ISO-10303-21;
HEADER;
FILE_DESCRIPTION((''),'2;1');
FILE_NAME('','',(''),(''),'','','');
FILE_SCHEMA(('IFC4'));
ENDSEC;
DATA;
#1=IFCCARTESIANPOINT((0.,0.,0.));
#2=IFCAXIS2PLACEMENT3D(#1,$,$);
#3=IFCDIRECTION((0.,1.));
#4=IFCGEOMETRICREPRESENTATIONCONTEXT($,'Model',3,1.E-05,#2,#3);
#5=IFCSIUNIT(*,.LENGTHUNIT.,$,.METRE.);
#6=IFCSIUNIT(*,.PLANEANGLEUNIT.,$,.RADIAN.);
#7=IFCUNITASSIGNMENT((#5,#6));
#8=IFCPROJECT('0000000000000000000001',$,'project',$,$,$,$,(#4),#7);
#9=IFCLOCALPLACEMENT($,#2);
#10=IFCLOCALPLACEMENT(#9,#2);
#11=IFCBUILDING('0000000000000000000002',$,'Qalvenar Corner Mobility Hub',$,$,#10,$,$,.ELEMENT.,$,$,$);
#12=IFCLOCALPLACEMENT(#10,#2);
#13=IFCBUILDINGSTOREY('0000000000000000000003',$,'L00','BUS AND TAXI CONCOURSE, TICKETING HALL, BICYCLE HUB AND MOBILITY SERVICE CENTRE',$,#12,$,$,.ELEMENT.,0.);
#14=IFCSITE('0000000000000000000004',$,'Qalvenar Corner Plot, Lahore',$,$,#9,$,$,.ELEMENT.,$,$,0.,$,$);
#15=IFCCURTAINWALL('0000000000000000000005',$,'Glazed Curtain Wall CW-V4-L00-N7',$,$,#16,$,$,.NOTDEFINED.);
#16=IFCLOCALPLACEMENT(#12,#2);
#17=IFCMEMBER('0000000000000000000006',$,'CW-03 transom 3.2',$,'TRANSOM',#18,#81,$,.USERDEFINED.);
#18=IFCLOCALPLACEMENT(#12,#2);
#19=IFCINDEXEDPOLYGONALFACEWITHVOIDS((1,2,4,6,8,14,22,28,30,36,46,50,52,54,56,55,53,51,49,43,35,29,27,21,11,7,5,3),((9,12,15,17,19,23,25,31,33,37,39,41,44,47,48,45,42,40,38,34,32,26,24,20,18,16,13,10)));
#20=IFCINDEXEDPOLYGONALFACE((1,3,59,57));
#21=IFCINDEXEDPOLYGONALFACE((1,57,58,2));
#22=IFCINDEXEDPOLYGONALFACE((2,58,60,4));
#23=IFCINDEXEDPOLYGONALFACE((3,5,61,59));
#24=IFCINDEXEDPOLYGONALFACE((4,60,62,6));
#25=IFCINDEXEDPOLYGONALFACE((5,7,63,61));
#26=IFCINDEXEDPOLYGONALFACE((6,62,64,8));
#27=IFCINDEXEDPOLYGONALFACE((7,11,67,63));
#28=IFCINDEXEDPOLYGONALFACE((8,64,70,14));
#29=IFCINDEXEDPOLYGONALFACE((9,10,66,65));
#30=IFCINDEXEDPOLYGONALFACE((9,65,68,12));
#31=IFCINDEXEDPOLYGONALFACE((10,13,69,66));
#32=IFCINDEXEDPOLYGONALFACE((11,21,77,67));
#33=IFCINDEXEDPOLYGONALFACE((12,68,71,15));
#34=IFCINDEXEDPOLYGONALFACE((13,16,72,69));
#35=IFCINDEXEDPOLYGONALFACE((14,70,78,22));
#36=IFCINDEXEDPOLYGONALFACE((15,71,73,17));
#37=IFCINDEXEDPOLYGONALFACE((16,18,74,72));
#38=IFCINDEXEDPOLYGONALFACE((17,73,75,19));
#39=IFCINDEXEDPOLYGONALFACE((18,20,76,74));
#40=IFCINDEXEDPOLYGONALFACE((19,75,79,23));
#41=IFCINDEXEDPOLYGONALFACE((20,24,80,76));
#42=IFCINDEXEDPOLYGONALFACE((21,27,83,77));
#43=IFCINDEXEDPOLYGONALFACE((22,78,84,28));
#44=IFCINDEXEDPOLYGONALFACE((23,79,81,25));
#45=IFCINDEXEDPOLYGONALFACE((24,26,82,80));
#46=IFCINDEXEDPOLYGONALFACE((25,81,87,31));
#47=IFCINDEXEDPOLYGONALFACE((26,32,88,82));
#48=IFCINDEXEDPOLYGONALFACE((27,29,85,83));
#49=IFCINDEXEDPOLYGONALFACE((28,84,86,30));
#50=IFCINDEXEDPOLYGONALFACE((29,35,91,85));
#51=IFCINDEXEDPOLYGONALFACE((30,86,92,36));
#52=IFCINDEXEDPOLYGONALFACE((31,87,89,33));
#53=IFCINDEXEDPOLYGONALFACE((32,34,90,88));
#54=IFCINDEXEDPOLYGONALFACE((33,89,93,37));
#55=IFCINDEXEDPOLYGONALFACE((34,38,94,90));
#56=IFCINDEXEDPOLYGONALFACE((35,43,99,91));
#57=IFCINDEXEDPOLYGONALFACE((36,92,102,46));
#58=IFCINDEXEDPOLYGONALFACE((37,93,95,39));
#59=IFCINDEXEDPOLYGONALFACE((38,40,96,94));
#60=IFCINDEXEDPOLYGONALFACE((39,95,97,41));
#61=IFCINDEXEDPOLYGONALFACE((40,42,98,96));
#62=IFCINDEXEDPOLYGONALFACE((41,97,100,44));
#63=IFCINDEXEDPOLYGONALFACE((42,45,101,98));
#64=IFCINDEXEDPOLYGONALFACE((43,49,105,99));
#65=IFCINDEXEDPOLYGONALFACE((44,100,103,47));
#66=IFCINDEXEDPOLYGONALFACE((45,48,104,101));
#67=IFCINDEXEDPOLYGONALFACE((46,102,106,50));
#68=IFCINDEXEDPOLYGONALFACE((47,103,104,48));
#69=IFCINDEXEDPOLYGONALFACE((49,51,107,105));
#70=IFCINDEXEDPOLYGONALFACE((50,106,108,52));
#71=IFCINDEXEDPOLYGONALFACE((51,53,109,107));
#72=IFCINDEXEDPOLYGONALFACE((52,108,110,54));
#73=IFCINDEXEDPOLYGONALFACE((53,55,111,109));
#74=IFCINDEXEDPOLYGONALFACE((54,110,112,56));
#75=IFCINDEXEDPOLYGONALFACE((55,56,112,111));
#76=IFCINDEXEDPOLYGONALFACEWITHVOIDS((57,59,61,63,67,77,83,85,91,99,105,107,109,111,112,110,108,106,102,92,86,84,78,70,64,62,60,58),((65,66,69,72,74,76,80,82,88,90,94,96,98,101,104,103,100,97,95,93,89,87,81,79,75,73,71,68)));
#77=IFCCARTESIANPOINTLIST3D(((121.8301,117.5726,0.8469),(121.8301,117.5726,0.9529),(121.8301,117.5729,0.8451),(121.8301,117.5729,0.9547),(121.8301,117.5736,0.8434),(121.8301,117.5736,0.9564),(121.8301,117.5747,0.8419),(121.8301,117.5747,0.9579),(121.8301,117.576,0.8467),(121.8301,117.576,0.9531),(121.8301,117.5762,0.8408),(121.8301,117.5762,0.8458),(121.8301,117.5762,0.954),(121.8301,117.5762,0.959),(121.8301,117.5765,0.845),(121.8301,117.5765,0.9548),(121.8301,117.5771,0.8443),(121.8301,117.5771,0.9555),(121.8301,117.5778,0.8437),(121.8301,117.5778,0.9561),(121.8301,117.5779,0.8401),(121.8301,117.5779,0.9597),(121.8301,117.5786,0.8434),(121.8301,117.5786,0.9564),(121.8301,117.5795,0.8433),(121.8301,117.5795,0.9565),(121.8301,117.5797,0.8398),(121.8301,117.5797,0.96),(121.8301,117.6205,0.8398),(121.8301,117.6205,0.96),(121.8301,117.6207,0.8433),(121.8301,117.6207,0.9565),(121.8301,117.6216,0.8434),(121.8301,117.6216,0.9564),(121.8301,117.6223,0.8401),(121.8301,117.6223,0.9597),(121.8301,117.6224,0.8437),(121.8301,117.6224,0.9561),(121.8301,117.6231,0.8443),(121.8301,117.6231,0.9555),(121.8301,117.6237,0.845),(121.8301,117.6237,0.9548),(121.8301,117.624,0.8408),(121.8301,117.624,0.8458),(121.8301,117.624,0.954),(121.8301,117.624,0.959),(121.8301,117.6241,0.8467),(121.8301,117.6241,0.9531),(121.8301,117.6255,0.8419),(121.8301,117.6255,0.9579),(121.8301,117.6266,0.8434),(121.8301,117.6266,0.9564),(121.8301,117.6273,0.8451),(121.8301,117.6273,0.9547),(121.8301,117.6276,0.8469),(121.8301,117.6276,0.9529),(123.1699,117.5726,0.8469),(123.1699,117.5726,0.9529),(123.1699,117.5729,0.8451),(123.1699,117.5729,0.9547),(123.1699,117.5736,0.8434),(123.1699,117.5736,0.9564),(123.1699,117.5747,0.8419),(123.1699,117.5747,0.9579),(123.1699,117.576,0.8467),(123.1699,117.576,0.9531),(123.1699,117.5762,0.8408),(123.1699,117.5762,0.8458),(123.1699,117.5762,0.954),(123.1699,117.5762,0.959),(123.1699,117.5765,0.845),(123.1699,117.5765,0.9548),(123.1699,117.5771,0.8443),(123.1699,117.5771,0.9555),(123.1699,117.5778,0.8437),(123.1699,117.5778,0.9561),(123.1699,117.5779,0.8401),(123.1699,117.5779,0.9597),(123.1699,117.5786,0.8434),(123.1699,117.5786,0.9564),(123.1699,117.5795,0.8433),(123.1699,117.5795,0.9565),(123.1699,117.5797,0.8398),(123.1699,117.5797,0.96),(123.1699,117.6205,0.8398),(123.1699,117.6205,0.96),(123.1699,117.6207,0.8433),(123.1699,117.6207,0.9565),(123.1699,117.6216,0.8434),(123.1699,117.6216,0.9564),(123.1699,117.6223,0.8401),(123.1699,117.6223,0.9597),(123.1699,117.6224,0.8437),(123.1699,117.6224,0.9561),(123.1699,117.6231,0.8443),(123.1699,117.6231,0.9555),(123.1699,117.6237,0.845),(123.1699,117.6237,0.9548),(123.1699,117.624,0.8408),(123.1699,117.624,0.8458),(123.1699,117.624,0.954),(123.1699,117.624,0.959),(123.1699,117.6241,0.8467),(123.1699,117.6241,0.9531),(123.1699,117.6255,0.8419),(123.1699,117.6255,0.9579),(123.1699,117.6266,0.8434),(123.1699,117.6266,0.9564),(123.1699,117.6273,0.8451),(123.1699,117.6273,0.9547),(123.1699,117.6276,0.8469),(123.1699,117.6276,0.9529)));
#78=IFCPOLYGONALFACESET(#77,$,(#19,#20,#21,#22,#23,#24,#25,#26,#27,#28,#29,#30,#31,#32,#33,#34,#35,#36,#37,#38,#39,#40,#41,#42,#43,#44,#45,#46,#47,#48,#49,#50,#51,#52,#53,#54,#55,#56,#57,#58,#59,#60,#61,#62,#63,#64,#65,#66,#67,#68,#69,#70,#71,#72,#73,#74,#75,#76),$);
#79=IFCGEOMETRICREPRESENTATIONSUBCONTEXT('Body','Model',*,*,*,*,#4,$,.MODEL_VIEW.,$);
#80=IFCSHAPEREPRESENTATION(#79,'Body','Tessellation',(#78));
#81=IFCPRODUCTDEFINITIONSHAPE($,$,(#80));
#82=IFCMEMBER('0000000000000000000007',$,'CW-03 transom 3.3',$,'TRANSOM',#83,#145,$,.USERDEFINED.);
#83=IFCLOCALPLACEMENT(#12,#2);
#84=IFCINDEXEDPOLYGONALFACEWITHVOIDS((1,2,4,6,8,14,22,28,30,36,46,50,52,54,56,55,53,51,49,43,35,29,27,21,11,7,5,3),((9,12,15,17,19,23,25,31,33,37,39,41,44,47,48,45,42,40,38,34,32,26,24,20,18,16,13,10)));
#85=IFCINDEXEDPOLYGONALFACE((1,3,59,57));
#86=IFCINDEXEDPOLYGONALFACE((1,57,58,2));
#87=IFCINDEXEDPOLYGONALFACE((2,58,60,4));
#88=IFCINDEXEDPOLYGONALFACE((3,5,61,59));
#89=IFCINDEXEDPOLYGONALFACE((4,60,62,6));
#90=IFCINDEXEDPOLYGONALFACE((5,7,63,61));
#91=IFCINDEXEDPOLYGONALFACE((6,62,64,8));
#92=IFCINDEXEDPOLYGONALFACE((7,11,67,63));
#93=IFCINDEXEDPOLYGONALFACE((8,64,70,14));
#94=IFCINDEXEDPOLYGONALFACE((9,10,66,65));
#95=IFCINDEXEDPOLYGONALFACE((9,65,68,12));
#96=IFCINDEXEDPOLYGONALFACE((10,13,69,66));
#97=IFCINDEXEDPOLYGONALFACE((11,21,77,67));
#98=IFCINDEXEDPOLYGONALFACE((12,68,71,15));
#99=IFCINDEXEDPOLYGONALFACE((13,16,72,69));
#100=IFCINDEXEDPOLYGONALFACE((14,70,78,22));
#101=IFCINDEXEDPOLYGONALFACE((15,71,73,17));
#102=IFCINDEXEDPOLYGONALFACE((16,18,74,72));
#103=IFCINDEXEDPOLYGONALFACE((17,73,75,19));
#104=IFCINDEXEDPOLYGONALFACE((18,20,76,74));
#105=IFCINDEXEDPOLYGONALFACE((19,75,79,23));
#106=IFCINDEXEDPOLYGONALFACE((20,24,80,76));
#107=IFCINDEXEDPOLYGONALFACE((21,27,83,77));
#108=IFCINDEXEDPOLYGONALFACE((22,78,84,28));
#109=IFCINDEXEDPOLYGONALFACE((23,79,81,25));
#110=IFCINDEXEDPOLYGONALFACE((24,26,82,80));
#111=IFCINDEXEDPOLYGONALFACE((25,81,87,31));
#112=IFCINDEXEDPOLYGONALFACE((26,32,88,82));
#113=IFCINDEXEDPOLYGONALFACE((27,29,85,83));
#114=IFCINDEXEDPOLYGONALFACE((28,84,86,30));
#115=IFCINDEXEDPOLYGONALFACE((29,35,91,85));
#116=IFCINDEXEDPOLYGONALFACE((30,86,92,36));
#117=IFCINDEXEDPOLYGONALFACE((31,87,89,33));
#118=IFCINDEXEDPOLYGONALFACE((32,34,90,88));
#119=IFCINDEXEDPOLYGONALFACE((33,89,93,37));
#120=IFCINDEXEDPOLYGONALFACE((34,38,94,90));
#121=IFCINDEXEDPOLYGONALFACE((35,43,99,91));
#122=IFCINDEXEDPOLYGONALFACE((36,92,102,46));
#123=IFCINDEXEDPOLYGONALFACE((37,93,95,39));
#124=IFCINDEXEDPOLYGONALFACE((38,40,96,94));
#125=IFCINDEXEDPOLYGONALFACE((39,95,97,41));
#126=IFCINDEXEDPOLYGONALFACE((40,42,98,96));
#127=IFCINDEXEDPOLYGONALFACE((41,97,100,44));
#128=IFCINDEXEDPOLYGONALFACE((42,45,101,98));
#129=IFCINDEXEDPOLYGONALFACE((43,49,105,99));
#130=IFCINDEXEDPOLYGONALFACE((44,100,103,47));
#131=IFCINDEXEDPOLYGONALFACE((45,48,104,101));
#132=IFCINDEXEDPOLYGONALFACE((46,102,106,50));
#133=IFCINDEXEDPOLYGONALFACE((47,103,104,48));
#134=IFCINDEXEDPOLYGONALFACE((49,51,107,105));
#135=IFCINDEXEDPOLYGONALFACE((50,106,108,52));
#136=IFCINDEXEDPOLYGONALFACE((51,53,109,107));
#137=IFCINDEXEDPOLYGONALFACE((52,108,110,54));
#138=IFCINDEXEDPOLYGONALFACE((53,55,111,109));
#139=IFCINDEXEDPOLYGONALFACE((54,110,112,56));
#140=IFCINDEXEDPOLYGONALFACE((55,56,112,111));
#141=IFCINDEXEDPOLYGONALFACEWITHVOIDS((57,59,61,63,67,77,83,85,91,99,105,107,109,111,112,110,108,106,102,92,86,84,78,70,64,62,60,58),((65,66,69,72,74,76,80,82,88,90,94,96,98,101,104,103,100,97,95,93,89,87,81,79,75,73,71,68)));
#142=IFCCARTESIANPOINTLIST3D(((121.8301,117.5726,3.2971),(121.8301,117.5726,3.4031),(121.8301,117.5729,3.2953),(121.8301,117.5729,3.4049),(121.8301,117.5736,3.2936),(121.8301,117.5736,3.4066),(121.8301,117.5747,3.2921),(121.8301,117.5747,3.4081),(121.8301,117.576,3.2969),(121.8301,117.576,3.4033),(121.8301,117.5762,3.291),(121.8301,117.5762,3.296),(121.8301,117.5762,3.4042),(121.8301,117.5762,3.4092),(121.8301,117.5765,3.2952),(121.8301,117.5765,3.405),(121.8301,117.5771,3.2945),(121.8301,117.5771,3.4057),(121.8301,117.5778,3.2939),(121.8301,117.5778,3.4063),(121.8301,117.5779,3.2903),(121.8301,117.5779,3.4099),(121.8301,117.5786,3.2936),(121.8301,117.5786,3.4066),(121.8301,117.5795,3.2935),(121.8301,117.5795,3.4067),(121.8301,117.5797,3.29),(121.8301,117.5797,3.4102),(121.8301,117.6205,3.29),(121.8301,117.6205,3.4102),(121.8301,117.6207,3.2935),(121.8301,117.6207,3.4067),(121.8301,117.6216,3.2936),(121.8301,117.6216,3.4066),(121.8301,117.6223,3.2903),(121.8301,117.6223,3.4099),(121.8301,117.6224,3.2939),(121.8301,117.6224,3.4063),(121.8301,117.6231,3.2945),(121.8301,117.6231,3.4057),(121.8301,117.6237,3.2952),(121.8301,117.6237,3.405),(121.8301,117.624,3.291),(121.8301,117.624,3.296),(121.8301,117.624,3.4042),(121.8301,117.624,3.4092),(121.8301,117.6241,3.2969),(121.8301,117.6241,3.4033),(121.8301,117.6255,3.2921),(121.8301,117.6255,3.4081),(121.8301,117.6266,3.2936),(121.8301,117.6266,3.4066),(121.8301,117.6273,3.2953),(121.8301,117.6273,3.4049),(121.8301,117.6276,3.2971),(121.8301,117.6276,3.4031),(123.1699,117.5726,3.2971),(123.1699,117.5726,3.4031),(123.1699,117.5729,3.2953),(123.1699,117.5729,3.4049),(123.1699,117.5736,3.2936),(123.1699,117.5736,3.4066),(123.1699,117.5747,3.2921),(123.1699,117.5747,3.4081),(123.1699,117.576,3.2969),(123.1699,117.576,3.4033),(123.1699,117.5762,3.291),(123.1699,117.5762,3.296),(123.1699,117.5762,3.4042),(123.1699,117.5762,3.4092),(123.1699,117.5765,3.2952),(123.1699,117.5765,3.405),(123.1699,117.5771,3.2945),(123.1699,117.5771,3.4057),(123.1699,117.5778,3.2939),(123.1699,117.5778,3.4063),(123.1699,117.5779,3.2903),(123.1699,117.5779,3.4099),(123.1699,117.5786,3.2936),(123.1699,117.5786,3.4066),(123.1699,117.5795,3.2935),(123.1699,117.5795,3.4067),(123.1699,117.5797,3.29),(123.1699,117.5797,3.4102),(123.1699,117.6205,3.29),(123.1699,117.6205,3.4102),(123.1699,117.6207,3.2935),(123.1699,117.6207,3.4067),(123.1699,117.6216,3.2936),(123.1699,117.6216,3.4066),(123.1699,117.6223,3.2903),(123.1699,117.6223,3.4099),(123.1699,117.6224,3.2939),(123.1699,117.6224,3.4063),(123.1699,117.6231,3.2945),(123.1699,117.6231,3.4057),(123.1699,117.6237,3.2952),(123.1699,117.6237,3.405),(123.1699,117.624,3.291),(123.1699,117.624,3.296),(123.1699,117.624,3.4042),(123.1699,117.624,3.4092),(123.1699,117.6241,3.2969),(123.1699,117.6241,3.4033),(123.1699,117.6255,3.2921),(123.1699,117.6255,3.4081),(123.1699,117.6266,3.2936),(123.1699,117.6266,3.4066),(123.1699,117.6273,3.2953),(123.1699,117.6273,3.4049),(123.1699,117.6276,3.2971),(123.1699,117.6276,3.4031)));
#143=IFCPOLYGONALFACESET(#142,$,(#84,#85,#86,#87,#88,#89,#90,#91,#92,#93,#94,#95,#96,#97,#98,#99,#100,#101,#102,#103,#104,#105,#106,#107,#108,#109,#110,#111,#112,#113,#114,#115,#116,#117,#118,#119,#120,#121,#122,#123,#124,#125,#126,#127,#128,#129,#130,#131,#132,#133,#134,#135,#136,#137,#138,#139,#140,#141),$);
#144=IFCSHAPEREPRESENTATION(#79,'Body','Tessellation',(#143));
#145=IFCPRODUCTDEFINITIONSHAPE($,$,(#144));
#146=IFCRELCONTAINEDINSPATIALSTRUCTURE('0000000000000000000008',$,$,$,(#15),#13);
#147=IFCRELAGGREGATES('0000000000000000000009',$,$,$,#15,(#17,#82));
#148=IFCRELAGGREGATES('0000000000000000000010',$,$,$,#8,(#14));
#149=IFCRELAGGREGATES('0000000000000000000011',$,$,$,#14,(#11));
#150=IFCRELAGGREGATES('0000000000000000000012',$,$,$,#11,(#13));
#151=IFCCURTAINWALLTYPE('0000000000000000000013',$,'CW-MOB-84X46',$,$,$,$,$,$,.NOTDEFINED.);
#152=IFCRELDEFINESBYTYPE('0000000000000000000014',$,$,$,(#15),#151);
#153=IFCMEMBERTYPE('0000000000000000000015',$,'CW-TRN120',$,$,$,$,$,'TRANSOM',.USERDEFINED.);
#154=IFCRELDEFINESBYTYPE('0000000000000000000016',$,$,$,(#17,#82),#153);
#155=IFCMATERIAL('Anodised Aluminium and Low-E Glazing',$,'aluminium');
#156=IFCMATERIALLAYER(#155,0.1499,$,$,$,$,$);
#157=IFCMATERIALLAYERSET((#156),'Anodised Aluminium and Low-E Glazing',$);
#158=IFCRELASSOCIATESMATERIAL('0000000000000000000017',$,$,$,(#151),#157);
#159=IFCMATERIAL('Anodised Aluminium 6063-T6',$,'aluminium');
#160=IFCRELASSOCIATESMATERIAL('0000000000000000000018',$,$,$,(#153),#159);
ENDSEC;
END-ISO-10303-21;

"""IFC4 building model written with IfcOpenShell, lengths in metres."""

from ifc_helpers import new_model, si_unit, direction, frame, origin, origin_2d, place, context, subcontext, project, spatial, hollow_rectangle, extrude, material, layer, layer_set, material_profile, profile_set, type_object, element, aggregate, save


model = new_model("IFC4")

# Units and contexts
model_context = context("Model", 3, precision=1e-05, world=origin(), true_north=direction((0.0, 1.0)))
body_context = subcontext(model_context, "Body", "Model", "MODEL_VIEW")
ifc_project = project(units=[si_unit("LENGTHUNIT", "METRE"), si_unit("PLANEANGLEUNIT", "RADIAN")], contexts=[model_context])

# Site, building, storey
site_placement = place(None, origin())
site = spatial("IfcSite", under=ifc_project, at=site_placement, Name="Qalvenar Corner Plot, Lahore", CompositionType="ELEMENT", RefElevation=0.0)
building_placement = place(site_placement, origin())
building = spatial("IfcBuilding", under=site, at=building_placement, Name="Qalvenar Corner Mobility Hub", CompositionType="ELEMENT")
storey_placement = place(building_placement, origin())
storey = spatial("IfcBuildingStorey", under=building, at=storey_placement, Name="L00", Description="BUS AND TAXI CONCOURSE, TICKETING HALL, BICYCLE HUB AND MOBILITY SERVICE CENTRE", CompositionType="ELEMENT", Elevation=0.0)

# Curtain wall, members
ifc_material_1 = material(Name="Anodised Aluminium and Low-E Glazing", Category="aluminium")
ifc_layer_1 = layer(ifc_material_1, 0.1499)
ifc_layer_set_1 = layer_set([ifc_layer_1], Name="Anodised Aluminium and Low-E Glazing")
curtain_wall_type = type_object("IfcCurtainWallType", Name="CW-MOB-84X46", PredefinedType="NOTDEFINED", material=ifc_layer_set_1)
curtain_wall_placement = place(storey_placement, origin())
curtain_wall = element("IfcCurtainWall", 1, at=curtain_wall_placement, inside=storey, type_object=curtain_wall_type, Name="Glazed Curtain Wall CW-V4-L00-N7", PredefinedType="NOTDEFINED")
ifc_material_2 = material(Name="Anodised Aluminium 6063-T6", Category="aluminium")
ifc_material_profile_1 = material_profile(ifc_material_2, hollow_rectangle(XDim=0.0549, YDim=0.1201, WallThickness=0.0034, InnerFilletRadius=0.0034, OuterFilletRadius=0.0071, at=origin_2d()), Name="RHS120x55x3.5")
ifc_profile_set_1 = profile_set([ifc_material_profile_1], Name="Anodised Aluminium 6063-T6")
member_type_1 = type_object("IfcMemberType", Name="CW-TRN120", ElementType="TRANSOM", PredefinedType="USERDEFINED", material=ifc_profile_set_1)
member_1_placement = place(storey_placement, frame((123.1699, 117.6001, 0.8999), z_axis=(-1.0, 0.0, 0.0), x_axis=(0.0, -1.0, 0.0)))
member_1 = element("IfcMember", 2, at=member_1_placement, type_object=member_type_1, Name="CW-03 transom 3.2", ObjectType="TRANSOM", PredefinedType="USERDEFINED", context=body_context, shape_type="SweptSolid", body=[
    extrude(hollow_rectangle(XDim=0.0549, YDim=0.1201, WallThickness=0.0034, InnerFilletRadius=0.0034, OuterFilletRadius=0.0071, at=origin_2d()), origin(), (0.0, 0.0, 1.0), 1.3398),
])
member_2_placement = place(storey_placement, frame((123.1699, 117.6001, 3.3501), z_axis=(-1.0, 0.0, 0.0), x_axis=(0.0, -1.0, 0.0)))
member_2 = element("IfcMember", 3, at=member_2_placement, type_object=member_type_1, Name="CW-03 transom 3.3", ObjectType="TRANSOM", PredefinedType="USERDEFINED", context=body_context, shape_type="SweptSolid", body=[
    extrude(hollow_rectangle(XDim=0.0549, YDim=0.1201, WallThickness=0.0034, InnerFilletRadius=0.0034, OuterFilletRadius=0.0071, at=origin_2d()), origin(), (0.0, 0.0, 1.0), 1.3398),
])
aggregate(curtain_wall, [member_1, member_2])

save(model, "model.ifc")
